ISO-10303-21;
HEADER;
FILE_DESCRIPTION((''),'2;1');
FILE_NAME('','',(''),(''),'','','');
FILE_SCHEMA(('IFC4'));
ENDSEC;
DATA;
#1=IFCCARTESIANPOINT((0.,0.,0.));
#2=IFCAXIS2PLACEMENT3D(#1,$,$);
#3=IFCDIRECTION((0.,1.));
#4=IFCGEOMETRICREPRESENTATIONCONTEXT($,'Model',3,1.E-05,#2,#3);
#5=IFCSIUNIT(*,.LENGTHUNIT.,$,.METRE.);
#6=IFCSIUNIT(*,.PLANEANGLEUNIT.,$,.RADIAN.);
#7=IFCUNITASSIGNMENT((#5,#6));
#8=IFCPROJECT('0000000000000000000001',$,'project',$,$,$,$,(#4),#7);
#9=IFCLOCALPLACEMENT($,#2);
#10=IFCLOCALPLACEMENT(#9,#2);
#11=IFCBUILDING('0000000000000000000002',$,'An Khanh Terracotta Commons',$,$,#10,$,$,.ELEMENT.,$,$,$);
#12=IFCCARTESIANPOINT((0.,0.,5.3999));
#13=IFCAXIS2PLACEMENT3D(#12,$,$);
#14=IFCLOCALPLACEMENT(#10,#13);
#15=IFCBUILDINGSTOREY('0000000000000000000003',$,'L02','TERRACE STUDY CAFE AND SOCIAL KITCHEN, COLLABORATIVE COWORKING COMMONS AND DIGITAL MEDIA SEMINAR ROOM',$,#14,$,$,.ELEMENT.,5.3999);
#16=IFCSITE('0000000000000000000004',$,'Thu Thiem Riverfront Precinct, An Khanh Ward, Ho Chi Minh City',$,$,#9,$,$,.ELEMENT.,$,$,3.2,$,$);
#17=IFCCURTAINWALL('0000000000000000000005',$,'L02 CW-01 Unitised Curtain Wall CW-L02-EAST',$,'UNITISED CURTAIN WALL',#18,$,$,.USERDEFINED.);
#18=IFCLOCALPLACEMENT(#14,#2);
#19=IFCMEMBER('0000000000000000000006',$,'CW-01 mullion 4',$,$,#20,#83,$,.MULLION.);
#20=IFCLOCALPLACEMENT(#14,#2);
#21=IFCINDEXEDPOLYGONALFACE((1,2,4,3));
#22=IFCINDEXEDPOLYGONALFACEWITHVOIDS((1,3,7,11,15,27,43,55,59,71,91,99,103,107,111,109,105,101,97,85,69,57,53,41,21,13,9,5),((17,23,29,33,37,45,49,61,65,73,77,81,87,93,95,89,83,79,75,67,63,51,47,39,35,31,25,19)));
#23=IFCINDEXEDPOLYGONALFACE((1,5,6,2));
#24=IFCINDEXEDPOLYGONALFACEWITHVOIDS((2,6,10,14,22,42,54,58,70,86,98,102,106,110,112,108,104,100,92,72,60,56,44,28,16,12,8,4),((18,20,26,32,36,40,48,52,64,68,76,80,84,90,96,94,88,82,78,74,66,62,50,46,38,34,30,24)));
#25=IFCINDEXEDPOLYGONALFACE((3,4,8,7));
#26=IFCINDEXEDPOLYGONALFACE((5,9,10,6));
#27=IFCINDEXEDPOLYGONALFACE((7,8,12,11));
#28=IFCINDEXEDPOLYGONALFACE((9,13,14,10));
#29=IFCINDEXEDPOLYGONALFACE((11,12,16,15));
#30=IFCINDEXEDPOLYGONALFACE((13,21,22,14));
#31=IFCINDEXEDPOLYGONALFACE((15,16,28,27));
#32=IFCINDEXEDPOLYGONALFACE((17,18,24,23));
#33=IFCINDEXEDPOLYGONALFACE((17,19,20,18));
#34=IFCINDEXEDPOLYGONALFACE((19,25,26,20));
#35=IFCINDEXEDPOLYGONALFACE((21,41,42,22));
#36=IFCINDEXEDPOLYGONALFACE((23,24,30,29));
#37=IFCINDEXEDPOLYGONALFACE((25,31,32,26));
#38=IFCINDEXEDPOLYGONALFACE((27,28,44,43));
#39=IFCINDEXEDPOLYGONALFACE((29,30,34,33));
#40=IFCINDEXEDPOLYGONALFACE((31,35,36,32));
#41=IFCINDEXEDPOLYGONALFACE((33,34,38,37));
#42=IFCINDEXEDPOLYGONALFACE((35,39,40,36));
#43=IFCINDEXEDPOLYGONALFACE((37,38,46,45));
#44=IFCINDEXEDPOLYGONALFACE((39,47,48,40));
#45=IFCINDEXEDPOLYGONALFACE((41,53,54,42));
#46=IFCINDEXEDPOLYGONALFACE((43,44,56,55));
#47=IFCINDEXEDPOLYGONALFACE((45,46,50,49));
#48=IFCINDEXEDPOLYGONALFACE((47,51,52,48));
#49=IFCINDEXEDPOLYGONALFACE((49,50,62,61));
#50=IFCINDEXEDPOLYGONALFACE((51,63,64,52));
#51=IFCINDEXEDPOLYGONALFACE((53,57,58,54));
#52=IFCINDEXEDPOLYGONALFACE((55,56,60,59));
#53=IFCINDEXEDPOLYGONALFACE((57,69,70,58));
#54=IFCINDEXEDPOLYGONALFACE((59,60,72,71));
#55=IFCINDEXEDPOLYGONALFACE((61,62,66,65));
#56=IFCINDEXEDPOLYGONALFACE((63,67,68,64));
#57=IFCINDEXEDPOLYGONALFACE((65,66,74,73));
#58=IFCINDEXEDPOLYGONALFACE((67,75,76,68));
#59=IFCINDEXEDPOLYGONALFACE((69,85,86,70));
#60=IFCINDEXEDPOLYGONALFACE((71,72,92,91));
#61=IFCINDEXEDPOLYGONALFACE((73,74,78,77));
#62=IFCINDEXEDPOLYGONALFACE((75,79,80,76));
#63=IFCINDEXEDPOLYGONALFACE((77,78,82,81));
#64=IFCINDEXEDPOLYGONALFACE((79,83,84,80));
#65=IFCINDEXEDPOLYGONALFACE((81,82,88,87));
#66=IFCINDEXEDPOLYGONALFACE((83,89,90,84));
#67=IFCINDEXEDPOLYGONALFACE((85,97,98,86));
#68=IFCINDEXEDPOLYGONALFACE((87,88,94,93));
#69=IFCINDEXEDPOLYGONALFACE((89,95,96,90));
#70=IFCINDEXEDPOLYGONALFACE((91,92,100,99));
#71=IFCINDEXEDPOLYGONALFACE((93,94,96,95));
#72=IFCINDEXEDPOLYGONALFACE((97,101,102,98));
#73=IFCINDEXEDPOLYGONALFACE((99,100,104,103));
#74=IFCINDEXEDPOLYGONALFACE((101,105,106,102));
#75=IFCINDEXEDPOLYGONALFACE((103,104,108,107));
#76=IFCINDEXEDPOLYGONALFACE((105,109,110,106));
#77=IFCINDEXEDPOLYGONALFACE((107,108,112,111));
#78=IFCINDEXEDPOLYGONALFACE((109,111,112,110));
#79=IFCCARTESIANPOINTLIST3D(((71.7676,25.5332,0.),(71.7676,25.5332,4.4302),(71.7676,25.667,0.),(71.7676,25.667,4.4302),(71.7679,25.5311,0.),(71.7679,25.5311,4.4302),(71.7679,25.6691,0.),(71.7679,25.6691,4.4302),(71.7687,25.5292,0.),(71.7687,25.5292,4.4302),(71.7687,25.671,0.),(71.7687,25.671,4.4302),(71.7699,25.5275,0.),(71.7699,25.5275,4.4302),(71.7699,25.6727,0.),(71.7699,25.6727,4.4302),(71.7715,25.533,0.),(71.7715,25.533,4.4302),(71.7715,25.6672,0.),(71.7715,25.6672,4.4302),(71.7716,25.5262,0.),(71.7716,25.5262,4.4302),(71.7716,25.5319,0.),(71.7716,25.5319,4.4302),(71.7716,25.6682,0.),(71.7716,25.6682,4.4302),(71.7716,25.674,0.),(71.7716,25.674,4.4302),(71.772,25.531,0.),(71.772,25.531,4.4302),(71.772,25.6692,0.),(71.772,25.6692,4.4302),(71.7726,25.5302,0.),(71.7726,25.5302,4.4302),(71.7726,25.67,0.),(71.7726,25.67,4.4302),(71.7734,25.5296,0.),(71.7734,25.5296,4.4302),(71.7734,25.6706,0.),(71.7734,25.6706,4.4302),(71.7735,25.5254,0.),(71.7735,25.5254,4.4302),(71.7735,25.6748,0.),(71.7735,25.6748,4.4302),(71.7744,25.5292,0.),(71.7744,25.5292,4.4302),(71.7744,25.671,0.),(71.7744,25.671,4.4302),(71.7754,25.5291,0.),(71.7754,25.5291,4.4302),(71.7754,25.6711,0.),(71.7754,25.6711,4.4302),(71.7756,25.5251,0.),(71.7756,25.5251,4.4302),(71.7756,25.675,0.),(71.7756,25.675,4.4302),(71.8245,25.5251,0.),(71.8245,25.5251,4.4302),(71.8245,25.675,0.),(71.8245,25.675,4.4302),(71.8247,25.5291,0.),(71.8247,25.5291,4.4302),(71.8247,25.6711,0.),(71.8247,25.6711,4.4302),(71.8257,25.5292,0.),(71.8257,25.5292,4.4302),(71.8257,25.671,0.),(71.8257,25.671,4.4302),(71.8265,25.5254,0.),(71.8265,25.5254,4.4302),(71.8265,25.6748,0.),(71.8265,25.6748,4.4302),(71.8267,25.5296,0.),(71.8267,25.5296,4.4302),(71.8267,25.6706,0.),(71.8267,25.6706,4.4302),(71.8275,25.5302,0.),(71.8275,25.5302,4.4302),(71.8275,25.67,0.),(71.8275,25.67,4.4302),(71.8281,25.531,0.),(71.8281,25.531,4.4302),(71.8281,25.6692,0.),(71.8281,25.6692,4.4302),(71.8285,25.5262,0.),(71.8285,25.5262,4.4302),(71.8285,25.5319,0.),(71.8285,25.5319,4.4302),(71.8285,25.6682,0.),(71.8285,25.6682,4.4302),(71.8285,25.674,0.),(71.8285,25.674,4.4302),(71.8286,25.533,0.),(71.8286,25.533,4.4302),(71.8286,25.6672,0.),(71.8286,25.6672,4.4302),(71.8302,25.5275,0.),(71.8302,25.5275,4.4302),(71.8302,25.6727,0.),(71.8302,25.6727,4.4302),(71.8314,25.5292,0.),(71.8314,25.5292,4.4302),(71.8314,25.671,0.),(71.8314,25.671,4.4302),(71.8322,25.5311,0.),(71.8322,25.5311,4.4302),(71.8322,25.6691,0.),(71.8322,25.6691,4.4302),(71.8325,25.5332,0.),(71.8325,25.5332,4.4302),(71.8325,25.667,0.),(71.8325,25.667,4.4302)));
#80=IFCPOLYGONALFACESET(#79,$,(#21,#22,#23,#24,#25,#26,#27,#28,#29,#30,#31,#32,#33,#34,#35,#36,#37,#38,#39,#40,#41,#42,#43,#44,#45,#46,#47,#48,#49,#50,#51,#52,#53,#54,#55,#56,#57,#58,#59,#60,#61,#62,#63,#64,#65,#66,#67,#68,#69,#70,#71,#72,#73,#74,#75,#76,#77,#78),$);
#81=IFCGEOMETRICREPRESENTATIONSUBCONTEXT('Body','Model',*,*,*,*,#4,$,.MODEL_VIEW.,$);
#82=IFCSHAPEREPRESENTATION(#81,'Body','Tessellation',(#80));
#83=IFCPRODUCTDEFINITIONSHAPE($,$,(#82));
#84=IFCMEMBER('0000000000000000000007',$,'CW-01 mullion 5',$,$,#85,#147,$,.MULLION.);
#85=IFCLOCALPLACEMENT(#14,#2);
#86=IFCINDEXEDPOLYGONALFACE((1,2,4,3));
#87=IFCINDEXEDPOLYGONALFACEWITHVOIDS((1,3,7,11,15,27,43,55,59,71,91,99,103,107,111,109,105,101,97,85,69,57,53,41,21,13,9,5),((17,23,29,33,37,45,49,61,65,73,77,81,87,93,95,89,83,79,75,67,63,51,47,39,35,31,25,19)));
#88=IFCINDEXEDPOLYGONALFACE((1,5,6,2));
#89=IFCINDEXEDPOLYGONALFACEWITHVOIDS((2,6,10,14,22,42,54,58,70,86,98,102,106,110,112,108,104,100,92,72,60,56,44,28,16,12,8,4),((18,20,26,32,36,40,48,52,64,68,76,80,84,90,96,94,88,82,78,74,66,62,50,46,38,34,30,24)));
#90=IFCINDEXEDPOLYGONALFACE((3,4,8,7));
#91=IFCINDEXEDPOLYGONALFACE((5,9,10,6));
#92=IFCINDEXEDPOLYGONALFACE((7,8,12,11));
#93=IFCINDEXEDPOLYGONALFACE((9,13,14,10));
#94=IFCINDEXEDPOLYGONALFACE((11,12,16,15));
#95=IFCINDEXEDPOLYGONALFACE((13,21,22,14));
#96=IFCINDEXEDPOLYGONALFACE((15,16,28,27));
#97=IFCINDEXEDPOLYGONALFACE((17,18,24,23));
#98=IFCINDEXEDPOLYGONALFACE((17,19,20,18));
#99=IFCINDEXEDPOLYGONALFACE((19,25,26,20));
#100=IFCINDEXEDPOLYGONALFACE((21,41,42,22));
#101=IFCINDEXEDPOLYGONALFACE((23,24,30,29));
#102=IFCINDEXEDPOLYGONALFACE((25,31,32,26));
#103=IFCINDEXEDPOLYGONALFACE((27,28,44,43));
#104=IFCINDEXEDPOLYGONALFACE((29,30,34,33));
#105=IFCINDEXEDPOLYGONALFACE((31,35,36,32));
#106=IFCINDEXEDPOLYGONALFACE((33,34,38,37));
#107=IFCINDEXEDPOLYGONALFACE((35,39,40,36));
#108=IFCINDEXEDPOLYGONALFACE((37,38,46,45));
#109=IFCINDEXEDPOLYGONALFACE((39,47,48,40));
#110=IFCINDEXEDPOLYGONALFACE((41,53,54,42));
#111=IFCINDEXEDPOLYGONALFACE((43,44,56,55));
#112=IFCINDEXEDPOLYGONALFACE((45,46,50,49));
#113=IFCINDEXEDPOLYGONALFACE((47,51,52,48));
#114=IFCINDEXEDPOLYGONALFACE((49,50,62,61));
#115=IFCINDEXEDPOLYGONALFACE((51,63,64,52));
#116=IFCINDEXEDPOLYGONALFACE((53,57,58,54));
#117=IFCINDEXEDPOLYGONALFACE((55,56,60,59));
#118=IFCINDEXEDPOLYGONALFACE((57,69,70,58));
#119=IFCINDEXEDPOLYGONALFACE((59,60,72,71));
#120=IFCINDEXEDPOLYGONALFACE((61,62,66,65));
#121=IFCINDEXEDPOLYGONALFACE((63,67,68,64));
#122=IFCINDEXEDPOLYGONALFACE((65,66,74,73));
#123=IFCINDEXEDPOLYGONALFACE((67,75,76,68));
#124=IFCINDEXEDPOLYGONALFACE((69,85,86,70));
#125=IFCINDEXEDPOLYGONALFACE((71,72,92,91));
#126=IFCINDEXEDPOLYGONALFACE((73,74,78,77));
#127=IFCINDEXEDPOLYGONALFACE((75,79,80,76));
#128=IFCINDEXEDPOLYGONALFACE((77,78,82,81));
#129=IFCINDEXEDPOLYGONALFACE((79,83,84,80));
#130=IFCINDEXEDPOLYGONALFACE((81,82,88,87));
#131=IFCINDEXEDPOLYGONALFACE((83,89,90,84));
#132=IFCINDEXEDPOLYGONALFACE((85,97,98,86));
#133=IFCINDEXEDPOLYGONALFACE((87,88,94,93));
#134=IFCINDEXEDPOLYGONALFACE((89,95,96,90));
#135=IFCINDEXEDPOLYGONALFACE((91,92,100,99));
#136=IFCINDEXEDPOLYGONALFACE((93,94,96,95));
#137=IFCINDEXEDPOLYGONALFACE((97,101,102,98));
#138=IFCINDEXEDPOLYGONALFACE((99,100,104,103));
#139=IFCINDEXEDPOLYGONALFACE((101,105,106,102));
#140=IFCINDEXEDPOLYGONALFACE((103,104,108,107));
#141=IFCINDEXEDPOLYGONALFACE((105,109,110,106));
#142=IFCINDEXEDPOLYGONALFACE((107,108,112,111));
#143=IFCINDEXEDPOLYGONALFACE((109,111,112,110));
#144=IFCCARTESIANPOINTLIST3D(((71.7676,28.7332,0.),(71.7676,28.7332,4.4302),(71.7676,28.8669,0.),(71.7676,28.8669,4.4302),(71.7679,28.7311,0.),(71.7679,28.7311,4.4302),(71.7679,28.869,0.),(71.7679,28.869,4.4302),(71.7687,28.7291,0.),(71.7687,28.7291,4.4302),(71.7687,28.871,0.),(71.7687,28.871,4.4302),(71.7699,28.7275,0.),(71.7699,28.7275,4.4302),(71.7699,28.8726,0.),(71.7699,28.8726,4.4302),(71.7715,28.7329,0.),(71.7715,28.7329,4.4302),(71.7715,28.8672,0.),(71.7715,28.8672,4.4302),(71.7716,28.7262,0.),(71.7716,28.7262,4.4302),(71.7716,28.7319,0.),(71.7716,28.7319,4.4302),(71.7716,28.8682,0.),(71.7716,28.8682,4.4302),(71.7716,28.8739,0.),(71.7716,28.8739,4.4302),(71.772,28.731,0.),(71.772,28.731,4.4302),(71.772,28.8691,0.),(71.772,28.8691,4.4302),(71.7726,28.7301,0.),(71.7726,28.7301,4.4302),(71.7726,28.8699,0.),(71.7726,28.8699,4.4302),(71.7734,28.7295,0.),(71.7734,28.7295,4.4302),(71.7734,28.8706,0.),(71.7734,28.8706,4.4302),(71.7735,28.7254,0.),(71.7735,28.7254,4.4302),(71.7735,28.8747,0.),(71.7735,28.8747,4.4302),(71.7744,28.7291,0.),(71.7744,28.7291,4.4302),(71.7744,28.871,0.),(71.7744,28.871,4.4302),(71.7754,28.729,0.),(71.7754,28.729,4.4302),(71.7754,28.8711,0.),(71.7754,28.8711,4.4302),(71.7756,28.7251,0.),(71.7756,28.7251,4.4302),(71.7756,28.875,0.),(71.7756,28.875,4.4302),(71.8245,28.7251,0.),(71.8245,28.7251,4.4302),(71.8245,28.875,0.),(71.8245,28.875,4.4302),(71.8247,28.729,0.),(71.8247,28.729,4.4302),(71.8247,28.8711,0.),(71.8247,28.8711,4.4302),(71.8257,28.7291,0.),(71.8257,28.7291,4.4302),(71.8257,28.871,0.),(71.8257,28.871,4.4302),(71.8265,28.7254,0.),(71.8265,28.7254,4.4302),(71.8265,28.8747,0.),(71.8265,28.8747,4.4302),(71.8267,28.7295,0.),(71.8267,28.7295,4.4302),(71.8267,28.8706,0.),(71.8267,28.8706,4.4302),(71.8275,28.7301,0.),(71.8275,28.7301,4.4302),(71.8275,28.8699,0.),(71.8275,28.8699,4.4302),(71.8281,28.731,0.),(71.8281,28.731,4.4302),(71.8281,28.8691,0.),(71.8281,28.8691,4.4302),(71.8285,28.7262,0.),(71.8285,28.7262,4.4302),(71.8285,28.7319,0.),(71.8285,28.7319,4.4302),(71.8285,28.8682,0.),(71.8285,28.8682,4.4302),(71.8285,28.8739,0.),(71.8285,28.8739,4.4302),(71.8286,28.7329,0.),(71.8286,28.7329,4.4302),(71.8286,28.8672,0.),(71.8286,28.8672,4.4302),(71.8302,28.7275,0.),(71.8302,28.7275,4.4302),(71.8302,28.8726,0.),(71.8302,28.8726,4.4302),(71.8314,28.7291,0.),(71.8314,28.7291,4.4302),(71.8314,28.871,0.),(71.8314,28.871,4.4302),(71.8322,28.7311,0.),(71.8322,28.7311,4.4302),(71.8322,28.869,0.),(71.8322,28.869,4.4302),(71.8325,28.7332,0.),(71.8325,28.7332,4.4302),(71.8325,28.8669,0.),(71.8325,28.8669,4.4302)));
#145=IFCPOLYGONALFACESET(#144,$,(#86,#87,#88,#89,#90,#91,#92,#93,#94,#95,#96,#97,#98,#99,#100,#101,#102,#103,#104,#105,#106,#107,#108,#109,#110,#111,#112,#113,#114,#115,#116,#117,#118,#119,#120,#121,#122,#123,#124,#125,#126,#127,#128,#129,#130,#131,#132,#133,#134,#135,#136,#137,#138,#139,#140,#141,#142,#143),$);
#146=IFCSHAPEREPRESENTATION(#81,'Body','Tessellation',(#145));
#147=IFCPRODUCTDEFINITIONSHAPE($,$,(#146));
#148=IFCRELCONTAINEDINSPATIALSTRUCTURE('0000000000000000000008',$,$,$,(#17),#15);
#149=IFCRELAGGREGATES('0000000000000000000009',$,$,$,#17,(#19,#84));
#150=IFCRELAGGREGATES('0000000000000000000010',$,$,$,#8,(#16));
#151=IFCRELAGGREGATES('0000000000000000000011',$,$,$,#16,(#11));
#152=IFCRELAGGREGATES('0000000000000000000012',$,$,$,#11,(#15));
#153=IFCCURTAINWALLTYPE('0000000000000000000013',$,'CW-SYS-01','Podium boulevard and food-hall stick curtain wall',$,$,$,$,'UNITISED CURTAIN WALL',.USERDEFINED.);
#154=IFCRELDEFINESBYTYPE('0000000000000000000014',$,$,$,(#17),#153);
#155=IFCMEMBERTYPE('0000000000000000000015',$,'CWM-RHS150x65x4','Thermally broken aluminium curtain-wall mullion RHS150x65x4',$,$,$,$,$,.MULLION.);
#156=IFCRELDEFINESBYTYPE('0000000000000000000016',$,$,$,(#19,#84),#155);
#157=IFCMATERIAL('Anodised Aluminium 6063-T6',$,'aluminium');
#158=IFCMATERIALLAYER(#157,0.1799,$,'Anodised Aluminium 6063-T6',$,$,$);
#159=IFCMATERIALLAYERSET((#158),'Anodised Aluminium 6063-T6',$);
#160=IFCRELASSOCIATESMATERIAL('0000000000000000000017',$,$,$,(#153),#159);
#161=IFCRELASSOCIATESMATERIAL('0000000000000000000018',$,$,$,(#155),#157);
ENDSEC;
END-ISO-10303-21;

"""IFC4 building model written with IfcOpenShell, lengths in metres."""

from ifc_helpers import new_model, si_unit, direction, frame, origin, origin_2d, place, context, subcontext, project, spatial, hollow_rectangle, extrude, material, layer, layer_set, material_profile, profile_set, type_object, element, aggregate, save


model = new_model("IFC4")

# Units and contexts
model_context = context("Model", 3, precision=1e-05, world=origin(), true_north=direction((0.0, 1.0)))
body_context = subcontext(model_context, "Body", "Model", "MODEL_VIEW")
ifc_project = project(units=[si_unit("LENGTHUNIT", "METRE"), si_unit("PLANEANGLEUNIT", "RADIAN")], contexts=[model_context])

# Site, building, storey
site_placement = place(None, origin())
site = spatial("IfcSite", under=ifc_project, at=site_placement, Name="Thu Thiem Riverfront Precinct, An Khanh Ward, Ho Chi Minh City", CompositionType="ELEMENT", RefElevation=3.2)
building_placement = place(site_placement, origin())
building = spatial("IfcBuilding", under=site, at=building_placement, Name="An Khanh Terracotta Commons", CompositionType="ELEMENT")
storey_placement = place(building_placement, frame((0.0, 0.0, 5.3999)))
storey = spatial("IfcBuildingStorey", under=building, at=storey_placement, Name="L02", Description="TERRACE STUDY CAFE AND SOCIAL KITCHEN, COLLABORATIVE COWORKING COMMONS AND DIGITAL MEDIA SEMINAR ROOM", CompositionType="ELEMENT", Elevation=5.3999)

# Curtain wall, members
ifc_material_1 = material(Name="Anodised Aluminium 6063-T6", Category="aluminium")
ifc_layer_1 = layer(ifc_material_1, 0.1799, Name="Anodised Aluminium 6063-T6")
ifc_layer_set_1 = layer_set([ifc_layer_1], Name="Anodised Aluminium 6063-T6")
curtain_wall_type = type_object("IfcCurtainWallType", Name="CW-SYS-01", Description="Podium boulevard and food-hall stick curtain wall", ElementType="UNITISED CURTAIN WALL", PredefinedType="USERDEFINED", material=ifc_layer_set_1)
curtain_wall_placement = place(storey_placement, origin())
curtain_wall = element("IfcCurtainWall", 1, at=curtain_wall_placement, inside=storey, type_object=curtain_wall_type, Name="L02 CW-01 Unitised Curtain Wall CW-L02-EAST", ObjectType="UNITISED CURTAIN WALL", PredefinedType="USERDEFINED")
ifc_material_profile_1 = material_profile(ifc_material_1, hollow_rectangle(XDim=0.0649, YDim=0.1499, WallThickness=0.0039, InnerFilletRadius=0.0039, OuterFilletRadius=0.0081, at=origin_2d()), Name="RHS150x65x4")
ifc_profile_set_1 = profile_set([ifc_material_profile_1], Name="Anodised Aluminium 6063-T6")
member_type_1 = type_object("IfcMemberType", Name="CWM-RHS150x65x4", Description="Thermally broken aluminium curtain-wall mullion RHS150x65x4", PredefinedType="MULLION", material=ifc_profile_set_1)
member_1_placement = place(storey_placement, frame((71.8, 25.6001, 0.0), z_axis=(0.0, 0.0, 1.0), x_axis=(-1.0, 0.0, 0.0)))
member_1 = element("IfcMember", 2, at=member_1_placement, type_object=member_type_1, Name="CW-01 mullion 4", PredefinedType="MULLION", context=body_context, shape_type="SweptSolid", body=[
    extrude(hollow_rectangle(XDim=0.0649, YDim=0.1499, WallThickness=0.0039, InnerFilletRadius=0.0039, OuterFilletRadius=0.0081, at=origin_2d()), origin(), (0.0, 0.0, 1.0), 4.4302),
])
member_2_placement = place(storey_placement, frame((71.8, 28.8, 0.0), z_axis=(0.0, 0.0, 1.0), x_axis=(-1.0, 0.0, 0.0)))
member_2 = element("IfcMember", 3, at=member_2_placement, type_object=member_type_1, Name="CW-01 mullion 5", PredefinedType="MULLION", context=body_context, shape_type="SweptSolid", body=[
    extrude(hollow_rectangle(XDim=0.0649, YDim=0.1499, WallThickness=0.0039, InnerFilletRadius=0.0039, OuterFilletRadius=0.0081, at=origin_2d()), origin(), (0.0, 0.0, 1.0), 4.4302),
])
aggregate(curtain_wall, [member_1, member_2])

save(model, "model.ifc")
